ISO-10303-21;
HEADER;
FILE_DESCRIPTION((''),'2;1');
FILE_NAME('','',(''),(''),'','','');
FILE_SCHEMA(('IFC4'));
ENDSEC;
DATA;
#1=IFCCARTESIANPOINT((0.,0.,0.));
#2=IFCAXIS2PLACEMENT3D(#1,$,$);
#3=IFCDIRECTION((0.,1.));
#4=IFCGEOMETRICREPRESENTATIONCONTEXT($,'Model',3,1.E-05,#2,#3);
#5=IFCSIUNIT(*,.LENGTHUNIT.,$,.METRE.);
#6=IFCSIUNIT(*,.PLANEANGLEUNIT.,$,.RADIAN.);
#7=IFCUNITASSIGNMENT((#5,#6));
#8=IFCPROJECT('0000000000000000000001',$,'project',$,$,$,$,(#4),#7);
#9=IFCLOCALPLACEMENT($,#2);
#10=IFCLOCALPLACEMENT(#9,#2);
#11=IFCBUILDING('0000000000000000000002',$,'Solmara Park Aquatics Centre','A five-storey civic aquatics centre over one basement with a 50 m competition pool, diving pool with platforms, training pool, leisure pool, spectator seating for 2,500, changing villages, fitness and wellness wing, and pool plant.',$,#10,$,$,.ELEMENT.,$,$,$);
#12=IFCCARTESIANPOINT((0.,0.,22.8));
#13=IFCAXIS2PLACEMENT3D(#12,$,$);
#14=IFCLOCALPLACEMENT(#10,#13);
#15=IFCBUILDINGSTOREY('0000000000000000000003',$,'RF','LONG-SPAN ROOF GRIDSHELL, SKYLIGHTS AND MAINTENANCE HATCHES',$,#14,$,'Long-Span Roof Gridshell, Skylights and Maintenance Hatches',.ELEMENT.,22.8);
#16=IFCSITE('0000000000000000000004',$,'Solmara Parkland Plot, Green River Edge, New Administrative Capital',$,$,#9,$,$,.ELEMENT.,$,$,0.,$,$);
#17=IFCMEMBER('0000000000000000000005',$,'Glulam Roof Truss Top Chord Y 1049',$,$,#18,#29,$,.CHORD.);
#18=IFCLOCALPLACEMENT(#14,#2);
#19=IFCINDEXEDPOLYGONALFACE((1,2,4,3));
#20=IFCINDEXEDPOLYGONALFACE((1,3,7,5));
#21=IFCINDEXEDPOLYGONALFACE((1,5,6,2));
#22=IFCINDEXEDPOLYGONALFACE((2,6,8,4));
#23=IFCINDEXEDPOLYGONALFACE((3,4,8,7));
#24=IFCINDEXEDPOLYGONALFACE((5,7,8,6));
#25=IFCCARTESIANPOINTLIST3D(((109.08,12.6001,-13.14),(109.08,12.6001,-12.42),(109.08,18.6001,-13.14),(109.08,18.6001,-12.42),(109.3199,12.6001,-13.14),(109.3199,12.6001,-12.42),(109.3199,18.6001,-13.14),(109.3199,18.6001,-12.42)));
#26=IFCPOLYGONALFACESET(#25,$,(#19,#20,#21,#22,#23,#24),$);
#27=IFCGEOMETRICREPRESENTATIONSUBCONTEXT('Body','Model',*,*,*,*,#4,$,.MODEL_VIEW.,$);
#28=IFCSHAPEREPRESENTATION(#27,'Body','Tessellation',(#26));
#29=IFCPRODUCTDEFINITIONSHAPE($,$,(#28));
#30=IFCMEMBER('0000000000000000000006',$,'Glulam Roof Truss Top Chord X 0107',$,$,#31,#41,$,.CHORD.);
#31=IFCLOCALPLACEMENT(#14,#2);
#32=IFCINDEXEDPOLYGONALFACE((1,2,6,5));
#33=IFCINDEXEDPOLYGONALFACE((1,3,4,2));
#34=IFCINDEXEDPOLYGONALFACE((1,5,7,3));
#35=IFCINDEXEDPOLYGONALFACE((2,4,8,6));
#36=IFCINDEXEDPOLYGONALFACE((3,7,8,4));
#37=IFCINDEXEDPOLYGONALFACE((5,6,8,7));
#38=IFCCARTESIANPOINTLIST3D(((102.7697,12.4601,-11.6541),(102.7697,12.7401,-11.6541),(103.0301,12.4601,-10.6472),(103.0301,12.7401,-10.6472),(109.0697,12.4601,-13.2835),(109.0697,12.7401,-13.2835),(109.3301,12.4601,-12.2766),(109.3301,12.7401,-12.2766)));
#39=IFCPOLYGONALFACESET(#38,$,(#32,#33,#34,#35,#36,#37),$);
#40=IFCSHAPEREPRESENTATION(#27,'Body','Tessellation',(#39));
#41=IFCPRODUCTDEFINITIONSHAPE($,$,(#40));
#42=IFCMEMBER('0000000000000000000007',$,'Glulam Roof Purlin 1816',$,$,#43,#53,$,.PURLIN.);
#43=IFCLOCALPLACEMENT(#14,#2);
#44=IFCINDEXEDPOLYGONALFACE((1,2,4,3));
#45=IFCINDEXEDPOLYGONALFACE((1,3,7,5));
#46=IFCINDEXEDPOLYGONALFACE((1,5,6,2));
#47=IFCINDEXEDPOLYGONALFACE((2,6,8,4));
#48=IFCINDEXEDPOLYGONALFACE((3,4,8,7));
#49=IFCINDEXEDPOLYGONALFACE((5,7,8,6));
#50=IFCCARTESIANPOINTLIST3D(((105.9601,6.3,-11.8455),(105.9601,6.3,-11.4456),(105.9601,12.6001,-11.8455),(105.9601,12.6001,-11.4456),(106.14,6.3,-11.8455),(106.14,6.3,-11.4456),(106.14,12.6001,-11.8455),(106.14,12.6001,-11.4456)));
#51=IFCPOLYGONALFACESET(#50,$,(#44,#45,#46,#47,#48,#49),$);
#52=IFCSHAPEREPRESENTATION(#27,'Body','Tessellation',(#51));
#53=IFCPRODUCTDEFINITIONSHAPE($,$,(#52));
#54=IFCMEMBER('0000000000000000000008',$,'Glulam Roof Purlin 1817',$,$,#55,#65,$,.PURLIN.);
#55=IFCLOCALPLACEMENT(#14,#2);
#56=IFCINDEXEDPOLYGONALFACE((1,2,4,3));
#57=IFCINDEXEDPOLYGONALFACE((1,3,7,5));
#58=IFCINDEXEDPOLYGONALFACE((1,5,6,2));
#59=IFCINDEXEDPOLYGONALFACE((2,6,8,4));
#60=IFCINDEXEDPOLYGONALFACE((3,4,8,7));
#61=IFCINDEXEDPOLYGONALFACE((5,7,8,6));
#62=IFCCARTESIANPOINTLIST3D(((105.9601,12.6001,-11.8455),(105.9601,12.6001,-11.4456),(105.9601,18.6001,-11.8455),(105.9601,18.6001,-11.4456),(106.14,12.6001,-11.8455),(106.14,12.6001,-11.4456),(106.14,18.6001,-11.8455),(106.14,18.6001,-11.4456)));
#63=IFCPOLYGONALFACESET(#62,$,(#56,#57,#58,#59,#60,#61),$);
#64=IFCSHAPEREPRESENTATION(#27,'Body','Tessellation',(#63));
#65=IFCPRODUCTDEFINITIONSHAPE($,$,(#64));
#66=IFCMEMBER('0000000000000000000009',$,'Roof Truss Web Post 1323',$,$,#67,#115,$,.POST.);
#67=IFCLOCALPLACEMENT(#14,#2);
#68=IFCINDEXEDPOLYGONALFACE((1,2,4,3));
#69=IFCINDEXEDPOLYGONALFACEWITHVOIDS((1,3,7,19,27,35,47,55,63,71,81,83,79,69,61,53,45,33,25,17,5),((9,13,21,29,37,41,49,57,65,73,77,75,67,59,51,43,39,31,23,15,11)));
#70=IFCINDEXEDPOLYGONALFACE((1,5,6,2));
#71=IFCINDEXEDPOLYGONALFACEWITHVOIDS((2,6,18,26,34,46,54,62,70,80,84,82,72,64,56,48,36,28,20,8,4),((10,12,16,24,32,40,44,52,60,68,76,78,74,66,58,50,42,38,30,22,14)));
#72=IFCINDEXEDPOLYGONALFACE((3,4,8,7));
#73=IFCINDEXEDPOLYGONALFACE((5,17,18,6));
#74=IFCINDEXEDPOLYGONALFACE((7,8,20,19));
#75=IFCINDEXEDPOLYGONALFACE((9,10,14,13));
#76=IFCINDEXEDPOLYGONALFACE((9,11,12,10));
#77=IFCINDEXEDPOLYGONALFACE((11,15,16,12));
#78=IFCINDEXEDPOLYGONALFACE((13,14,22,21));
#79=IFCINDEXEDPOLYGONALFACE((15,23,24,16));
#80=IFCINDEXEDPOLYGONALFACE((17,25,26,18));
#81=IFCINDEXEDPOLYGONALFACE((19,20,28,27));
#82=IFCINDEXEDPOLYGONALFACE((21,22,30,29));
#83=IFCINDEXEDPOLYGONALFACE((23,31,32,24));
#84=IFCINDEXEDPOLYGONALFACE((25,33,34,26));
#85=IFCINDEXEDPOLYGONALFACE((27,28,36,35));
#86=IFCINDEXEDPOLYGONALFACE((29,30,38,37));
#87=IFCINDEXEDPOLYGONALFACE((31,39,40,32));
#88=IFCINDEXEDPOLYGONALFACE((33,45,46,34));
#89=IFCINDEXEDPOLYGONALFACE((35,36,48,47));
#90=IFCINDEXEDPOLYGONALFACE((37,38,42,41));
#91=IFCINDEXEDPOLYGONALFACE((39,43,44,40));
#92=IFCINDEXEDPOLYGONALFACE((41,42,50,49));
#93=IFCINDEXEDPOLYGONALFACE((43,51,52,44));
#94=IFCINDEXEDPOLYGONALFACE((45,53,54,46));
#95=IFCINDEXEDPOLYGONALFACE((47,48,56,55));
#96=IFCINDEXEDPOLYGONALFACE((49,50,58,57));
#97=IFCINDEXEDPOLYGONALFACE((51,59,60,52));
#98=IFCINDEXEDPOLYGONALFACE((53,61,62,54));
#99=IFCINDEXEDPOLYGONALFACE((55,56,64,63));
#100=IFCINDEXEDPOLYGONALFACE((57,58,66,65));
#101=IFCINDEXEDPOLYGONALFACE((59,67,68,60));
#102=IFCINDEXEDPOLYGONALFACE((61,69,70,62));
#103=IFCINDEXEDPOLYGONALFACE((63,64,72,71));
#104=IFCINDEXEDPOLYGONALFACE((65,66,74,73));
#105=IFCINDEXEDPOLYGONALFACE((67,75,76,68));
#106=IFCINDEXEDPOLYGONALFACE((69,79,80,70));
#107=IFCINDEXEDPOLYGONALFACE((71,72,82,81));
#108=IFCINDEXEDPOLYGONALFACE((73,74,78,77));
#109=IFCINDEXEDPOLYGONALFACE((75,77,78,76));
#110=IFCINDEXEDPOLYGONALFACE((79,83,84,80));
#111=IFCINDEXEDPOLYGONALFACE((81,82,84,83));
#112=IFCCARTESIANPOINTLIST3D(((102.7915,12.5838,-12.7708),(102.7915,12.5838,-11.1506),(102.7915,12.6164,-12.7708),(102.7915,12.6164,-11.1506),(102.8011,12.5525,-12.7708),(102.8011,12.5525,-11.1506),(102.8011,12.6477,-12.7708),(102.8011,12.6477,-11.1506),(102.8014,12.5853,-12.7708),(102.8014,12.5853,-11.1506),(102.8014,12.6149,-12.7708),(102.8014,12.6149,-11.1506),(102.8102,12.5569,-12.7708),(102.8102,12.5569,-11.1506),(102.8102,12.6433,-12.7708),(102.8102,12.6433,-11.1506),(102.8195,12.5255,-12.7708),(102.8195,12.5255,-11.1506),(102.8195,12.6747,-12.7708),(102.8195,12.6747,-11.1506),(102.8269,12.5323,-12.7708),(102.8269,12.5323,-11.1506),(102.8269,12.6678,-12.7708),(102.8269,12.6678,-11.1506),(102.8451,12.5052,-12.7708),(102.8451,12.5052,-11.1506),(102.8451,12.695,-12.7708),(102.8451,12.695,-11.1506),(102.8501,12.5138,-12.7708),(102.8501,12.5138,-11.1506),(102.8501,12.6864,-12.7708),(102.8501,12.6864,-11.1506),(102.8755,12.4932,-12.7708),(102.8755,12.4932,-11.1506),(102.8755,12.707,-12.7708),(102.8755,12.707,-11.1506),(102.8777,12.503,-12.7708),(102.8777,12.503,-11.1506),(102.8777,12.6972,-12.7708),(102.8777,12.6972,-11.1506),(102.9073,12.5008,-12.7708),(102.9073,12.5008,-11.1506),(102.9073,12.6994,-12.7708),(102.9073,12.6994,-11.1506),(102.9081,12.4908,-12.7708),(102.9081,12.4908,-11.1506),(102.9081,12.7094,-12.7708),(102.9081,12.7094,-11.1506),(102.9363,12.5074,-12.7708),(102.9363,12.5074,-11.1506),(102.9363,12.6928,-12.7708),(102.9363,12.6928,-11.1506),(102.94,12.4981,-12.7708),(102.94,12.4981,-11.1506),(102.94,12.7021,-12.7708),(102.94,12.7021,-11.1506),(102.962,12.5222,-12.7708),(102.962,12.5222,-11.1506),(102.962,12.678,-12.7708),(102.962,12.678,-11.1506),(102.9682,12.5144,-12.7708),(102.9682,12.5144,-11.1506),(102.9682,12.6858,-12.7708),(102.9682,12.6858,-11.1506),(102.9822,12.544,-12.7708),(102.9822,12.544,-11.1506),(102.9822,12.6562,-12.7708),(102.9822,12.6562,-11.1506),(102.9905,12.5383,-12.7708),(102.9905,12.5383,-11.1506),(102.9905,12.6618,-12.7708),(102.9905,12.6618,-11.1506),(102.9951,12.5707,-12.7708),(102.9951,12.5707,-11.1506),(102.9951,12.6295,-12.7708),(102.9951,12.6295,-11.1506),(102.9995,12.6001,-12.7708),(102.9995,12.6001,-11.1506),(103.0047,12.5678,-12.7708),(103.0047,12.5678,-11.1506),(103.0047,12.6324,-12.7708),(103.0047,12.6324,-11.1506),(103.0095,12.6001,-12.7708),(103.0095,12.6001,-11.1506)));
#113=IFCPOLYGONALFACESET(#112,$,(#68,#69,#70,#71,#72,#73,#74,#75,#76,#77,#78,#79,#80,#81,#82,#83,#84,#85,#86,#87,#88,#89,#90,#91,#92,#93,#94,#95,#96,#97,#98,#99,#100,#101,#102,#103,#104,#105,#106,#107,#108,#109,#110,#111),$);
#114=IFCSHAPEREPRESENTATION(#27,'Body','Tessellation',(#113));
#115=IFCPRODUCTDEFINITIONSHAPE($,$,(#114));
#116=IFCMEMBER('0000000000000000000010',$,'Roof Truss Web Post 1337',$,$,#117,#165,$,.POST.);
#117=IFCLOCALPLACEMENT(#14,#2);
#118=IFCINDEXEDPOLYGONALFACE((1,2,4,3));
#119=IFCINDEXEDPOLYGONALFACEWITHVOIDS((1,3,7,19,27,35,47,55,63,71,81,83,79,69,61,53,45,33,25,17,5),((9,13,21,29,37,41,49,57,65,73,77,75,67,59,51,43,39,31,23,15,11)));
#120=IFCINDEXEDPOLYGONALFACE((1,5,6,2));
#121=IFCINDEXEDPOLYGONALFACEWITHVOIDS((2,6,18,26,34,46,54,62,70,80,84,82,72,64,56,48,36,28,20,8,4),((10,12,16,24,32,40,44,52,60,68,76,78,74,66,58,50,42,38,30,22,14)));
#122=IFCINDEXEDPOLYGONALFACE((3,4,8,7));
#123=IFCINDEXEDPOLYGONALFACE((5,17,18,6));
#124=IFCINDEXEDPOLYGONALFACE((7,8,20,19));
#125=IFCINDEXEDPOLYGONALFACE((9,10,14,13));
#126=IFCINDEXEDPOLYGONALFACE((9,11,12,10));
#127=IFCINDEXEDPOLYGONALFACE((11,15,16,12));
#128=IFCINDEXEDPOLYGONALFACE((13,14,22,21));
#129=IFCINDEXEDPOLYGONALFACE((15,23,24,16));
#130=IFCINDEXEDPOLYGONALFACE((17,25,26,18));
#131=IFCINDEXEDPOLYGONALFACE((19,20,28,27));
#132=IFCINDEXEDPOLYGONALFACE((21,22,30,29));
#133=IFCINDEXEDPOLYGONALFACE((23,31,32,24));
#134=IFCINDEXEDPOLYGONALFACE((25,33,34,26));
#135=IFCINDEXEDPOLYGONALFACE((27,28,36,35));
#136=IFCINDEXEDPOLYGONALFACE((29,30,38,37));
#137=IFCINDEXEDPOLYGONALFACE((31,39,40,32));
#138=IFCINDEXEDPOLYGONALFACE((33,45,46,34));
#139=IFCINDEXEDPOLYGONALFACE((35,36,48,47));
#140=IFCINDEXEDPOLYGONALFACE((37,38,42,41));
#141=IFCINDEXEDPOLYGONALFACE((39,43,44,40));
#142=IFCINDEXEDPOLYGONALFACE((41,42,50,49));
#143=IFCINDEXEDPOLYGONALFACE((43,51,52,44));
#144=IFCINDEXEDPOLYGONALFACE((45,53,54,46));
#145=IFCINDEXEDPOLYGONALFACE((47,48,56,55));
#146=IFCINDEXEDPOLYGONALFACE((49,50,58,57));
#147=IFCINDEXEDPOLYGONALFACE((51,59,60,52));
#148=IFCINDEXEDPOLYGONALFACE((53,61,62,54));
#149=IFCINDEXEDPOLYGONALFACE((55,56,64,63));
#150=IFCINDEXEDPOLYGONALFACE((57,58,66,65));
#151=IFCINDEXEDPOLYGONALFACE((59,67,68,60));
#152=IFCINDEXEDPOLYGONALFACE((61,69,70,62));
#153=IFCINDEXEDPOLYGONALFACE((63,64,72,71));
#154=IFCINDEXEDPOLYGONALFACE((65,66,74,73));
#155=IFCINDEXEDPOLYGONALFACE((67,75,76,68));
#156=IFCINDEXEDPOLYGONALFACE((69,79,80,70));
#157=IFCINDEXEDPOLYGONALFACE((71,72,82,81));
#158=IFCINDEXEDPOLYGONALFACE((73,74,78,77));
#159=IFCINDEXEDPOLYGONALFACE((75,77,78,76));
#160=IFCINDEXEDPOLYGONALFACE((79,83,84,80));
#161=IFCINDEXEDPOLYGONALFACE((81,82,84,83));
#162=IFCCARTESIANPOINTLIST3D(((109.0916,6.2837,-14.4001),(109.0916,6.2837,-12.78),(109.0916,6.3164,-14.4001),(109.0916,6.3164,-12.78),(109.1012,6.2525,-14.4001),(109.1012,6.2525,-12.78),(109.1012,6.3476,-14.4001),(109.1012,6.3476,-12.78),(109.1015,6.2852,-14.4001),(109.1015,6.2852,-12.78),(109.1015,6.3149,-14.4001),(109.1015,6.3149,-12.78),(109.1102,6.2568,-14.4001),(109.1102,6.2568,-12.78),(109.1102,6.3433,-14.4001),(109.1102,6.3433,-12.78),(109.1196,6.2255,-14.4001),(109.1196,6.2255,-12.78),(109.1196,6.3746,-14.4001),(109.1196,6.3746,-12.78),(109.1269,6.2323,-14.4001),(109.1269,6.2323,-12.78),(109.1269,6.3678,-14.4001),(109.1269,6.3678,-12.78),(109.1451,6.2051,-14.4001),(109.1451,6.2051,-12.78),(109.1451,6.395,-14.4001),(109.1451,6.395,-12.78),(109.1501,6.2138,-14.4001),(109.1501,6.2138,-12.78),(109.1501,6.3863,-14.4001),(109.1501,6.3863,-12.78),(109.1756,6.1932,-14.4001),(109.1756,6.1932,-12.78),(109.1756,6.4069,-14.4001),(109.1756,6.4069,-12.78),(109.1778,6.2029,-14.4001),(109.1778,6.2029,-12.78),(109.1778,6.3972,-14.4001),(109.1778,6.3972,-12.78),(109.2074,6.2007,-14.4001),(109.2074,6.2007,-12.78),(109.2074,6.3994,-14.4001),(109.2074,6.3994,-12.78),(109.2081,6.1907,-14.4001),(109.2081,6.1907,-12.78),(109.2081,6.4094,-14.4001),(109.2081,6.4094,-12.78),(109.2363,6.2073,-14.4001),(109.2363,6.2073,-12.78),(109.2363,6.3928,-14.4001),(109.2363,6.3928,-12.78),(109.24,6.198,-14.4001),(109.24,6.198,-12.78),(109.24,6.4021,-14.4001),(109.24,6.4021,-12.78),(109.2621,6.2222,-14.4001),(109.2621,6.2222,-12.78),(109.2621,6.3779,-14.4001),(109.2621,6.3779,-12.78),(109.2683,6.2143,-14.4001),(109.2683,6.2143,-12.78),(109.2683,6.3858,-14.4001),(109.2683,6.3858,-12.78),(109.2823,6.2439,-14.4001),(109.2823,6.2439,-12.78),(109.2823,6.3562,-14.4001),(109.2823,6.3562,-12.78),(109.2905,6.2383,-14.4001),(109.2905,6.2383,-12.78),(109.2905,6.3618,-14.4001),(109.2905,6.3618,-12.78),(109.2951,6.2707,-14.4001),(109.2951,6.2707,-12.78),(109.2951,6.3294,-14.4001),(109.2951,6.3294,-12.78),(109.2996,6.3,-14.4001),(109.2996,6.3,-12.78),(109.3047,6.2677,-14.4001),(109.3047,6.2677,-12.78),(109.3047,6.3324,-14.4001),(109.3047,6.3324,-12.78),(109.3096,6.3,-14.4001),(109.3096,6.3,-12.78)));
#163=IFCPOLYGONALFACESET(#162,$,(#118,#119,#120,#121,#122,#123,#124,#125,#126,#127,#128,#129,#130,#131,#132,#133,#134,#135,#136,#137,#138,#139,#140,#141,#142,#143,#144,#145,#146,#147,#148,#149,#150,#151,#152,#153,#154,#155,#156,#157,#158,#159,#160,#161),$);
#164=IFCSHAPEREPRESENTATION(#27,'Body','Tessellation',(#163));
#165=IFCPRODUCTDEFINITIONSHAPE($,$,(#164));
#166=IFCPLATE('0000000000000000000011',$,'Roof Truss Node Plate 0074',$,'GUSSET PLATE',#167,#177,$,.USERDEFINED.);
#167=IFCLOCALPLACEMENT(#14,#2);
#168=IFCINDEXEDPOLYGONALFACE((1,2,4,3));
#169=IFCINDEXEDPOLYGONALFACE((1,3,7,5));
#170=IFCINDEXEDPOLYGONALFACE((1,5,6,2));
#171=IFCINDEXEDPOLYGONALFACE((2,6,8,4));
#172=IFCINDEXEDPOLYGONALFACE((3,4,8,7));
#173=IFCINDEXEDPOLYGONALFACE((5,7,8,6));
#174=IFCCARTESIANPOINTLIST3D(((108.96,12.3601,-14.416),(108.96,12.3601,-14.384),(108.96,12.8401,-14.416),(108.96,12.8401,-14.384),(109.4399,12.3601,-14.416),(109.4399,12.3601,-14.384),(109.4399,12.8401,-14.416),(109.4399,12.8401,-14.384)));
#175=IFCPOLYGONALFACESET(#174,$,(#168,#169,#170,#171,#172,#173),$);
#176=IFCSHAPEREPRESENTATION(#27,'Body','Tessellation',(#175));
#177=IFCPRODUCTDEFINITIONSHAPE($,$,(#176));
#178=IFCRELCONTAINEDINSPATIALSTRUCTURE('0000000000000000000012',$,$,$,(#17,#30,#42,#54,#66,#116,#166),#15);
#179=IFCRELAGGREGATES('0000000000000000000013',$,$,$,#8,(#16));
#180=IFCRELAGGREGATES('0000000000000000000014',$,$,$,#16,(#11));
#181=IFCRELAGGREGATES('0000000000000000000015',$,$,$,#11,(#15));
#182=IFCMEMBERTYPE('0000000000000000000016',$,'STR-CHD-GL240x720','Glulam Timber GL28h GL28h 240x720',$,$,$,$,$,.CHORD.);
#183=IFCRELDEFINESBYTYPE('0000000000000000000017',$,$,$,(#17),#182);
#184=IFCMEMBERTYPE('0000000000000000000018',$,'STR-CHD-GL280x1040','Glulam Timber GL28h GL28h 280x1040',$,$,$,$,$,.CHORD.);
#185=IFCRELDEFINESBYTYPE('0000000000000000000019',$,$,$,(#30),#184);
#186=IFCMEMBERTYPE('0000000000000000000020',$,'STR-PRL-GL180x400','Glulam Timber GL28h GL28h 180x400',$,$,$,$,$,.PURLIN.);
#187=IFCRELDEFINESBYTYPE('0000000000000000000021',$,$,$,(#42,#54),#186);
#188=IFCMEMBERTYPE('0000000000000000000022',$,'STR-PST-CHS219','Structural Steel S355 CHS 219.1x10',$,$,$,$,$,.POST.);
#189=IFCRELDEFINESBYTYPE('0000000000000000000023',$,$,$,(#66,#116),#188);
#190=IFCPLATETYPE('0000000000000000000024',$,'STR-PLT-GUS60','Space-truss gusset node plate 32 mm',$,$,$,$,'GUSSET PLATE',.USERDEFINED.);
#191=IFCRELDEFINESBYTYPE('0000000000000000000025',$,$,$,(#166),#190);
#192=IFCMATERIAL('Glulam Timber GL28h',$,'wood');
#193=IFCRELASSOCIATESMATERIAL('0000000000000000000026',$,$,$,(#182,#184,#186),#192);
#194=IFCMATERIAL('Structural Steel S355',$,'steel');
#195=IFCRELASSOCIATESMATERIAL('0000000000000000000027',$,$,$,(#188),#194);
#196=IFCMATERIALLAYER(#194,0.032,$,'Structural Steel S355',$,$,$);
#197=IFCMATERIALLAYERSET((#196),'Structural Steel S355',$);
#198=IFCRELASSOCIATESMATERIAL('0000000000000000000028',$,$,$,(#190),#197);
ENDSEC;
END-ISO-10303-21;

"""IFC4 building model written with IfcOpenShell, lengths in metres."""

from ifc_helpers import new_model, si_unit, direction, frame, origin, origin_2d, place, context, subcontext, project, spatial, rectangle, hollow_circle, extrude, material, layer, layer_set, material_profile, profile_set, type_object, element, save


model = new_model("IFC4")

# Units and contexts
model_context = context("Model", 3, precision=1e-05, world=origin(), true_north=direction((0.0, 1.0)))
body_context = subcontext(model_context, "Body", "Model", "MODEL_VIEW")
ifc_project = project(units=[si_unit("LENGTHUNIT", "METRE"), si_unit("PLANEANGLEUNIT", "RADIAN")], contexts=[model_context])

# Site, building, storey
site_placement = place(None, origin())
site = spatial("IfcSite", under=ifc_project, at=site_placement, Name="Solmara Parkland Plot, Green River Edge, New Administrative Capital", CompositionType="ELEMENT", RefElevation=0.0)
building_placement = place(site_placement, origin())
building = spatial("IfcBuilding", under=site, at=building_placement, Name="Solmara Park Aquatics Centre", Description="A five-storey civic aquatics centre over one basement with a 50 m competition pool, diving pool with platforms, training pool, leisure pool, spectator seating for 2,500, changing villages, fitness and wellness wing, and pool plant.", CompositionType="ELEMENT")
storey_placement = place(building_placement, frame((0.0, 0.0, 22.8)))
storey = spatial("IfcBuildingStorey", under=building, at=storey_placement, Name="RF", Description="LONG-SPAN ROOF GRIDSHELL, SKYLIGHTS AND MAINTENANCE HATCHES", LongName="Long-Span Roof Gridshell, Skylights and Maintenance Hatches", CompositionType="ELEMENT", Elevation=22.8)

# Shared definitions
ifc_material_1 = material(Name="Structural Steel S355", Category="steel")

# Members
ifc_material_2 = material(Name="Glulam Timber GL28h", Category="wood")
ifc_material_profile_1 = material_profile(ifc_material_2, rectangle(XDim=0.24, YDim=0.72, at=origin_2d()), Name="GL28h 240x720")
ifc_profile_set_1 = profile_set([ifc_material_profile_1], Name="Glulam Timber GL28h")
member_type_1 = type_object("IfcMemberType", Name="STR-CHD-GL240x720", Description="Glulam Timber GL28h GL28h 240x720", PredefinedType="CHORD", material=ifc_profile_set_1)
member_1_placement = place(storey_placement, frame((109.2, 12.6001, -12.78), z_axis=(0.0, 1.0, 0.0), x_axis=(-1.0, 0.0, 0.0)))
element("IfcMember", 1, at=member_1_placement, inside=storey, type_object=member_type_1, Name="Glulam Roof Truss Top Chord Y 1049", PredefinedType="CHORD", context=body_context, shape_type="SweptSolid", body=[
    extrude(rectangle(XDim=0.24, YDim=0.72, at=origin_2d()), origin(), (0.0, 0.0, 1.0), 6.0),
])
ifc_material_profile_2 = material_profile(ifc_material_2, rectangle(XDim=0.28, YDim=1.04, at=origin_2d()), Name="GL28h 280x1040")
ifc_profile_set_2 = profile_set([ifc_material_profile_2], Name="Glulam Timber GL28h")
member_type_2 = type_object("IfcMemberType", Name="STR-CHD-GL280x1040", Description="Glulam Timber GL28h GL28h 280x1040", PredefinedType="CHORD", material=ifc_profile_set_2)
member_2_placement = place(storey_placement, frame((102.8999, 12.6001, -11.1506), z_axis=(0.968144, 0.0, -0.250393), x_axis=(0.0, 1.0, 0.0)))
element("IfcMember", 2, at=member_2_placement, inside=storey, type_object=member_type_2, Name="Glulam Roof Truss Top Chord X 0107", PredefinedType="CHORD", context=body_context, shape_type="SweptSolid", body=[
    extrude(rectangle(XDim=0.28, YDim=1.04, at=origin_2d()), origin(), (0.0, 0.0, 1.0), 6.5073),
])
ifc_material_profile_3 = material_profile(ifc_material_2, rectangle(XDim=0.1799, YDim=0.3999, at=origin_2d()), Name="GL28h 180x400")
ifc_profile_set_3 = profile_set([ifc_material_profile_3], Name="Glulam Timber GL28h")
member_type_3 = type_object("IfcMemberType", Name="STR-PRL-GL180x400", Description="Glulam Timber GL28h GL28h 180x400", PredefinedType="PURLIN", material=ifc_profile_set_3)
member_3_placement = place(storey_placement, frame((106.05, 6.3, -11.6455), z_axis=(0.0, 1.0, 0.0), x_axis=(-1.0, 0.0, 0.0)))
element("IfcMember", 3, at=member_3_placement, inside=storey, type_object=member_type_3, Name="Glulam Roof Purlin 1816", PredefinedType="PURLIN", context=body_context, shape_type="SweptSolid", body=[
    extrude(rectangle(XDim=0.1799, YDim=0.3999, at=origin_2d()), origin(), (0.0, 0.0, 1.0), 6.3),
])
member_4_placement = place(storey_placement, frame((106.05, 12.6001, -11.6455), z_axis=(0.0, 1.0, 0.0), x_axis=(-1.0, 0.0, 0.0)))
element("IfcMember", 4, at=member_4_placement, inside=storey, type_object=member_type_3, Name="Glulam Roof Purlin 1817", PredefinedType="PURLIN", context=body_context, shape_type="SweptSolid", body=[
    extrude(rectangle(XDim=0.1799, YDim=0.3999, at=origin_2d()), origin(), (0.0, 0.0, 1.0), 6.0),
])
ifc_material_profile_4 = material_profile(ifc_material_1, hollow_circle(Radius=0.1096, WallThickness=0.01, at=origin_2d()), Name="CHS 219.1x10")
ifc_profile_set_4 = profile_set([ifc_material_profile_4], Name="Structural Steel S355")
member_type_4 = type_object("IfcMemberType", Name="STR-PST-CHS219", Description="Structural Steel S355 CHS 219.1x10", PredefinedType="POST", material=ifc_profile_set_4)
for number, where, z_axis, x_axis, name in (
    (5, (102.8999, 12.6001, -12.7708), (0.0, 0.0, 1.0), (1.0, 0.0, 0.0), "Roof Truss Web Post 1323"),
    (6, (109.2, 6.3, -14.4001), (0.0, 0.0, 1.0), (1.0, 0.0, 0.0), "Roof Truss Web Post 1337"),
):
    element("IfcMember", number, at=place(storey_placement, frame(where, z_axis=z_axis, x_axis=x_axis)), inside=storey, type_object=member_type_4, Name=name, PredefinedType="POST", context=body_context, shape_type="SweptSolid", body=[
        extrude(hollow_circle(Radius=0.1096, WallThickness=0.01, at=origin_2d()), origin(), (0.0, 0.0, 1.0), 1.6201),
    ])

# Plate
ifc_layer = layer(ifc_material_1, 0.032, Name="Structural Steel S355")
ifc_layer_set = layer_set([ifc_layer], Name="Structural Steel S355")
plate_type = type_object("IfcPlateType", Name="STR-PLT-GUS60", Description="Space-truss gusset node plate 32 mm", ElementType="GUSSET PLATE", PredefinedType="USERDEFINED", material=ifc_layer_set)
plate_placement = place(storey_placement, frame((109.2, 12.6001, -14.416), z_axis=(0.0, 0.0, 1.0), x_axis=(1.0, 0.0, 0.0)))
element("IfcPlate", 7, at=plate_placement, inside=storey, type_object=plate_type, Name="Roof Truss Node Plate 0074", ObjectType="GUSSET PLATE", PredefinedType="USERDEFINED", context=body_context, shape_type="SweptSolid", body=[
    extrude(rectangle(XDim=0.48, YDim=0.48, at=origin_2d()), origin(), (0.0, 0.0, 1.0), 0.032),
])

save(model, "model.ifc")
